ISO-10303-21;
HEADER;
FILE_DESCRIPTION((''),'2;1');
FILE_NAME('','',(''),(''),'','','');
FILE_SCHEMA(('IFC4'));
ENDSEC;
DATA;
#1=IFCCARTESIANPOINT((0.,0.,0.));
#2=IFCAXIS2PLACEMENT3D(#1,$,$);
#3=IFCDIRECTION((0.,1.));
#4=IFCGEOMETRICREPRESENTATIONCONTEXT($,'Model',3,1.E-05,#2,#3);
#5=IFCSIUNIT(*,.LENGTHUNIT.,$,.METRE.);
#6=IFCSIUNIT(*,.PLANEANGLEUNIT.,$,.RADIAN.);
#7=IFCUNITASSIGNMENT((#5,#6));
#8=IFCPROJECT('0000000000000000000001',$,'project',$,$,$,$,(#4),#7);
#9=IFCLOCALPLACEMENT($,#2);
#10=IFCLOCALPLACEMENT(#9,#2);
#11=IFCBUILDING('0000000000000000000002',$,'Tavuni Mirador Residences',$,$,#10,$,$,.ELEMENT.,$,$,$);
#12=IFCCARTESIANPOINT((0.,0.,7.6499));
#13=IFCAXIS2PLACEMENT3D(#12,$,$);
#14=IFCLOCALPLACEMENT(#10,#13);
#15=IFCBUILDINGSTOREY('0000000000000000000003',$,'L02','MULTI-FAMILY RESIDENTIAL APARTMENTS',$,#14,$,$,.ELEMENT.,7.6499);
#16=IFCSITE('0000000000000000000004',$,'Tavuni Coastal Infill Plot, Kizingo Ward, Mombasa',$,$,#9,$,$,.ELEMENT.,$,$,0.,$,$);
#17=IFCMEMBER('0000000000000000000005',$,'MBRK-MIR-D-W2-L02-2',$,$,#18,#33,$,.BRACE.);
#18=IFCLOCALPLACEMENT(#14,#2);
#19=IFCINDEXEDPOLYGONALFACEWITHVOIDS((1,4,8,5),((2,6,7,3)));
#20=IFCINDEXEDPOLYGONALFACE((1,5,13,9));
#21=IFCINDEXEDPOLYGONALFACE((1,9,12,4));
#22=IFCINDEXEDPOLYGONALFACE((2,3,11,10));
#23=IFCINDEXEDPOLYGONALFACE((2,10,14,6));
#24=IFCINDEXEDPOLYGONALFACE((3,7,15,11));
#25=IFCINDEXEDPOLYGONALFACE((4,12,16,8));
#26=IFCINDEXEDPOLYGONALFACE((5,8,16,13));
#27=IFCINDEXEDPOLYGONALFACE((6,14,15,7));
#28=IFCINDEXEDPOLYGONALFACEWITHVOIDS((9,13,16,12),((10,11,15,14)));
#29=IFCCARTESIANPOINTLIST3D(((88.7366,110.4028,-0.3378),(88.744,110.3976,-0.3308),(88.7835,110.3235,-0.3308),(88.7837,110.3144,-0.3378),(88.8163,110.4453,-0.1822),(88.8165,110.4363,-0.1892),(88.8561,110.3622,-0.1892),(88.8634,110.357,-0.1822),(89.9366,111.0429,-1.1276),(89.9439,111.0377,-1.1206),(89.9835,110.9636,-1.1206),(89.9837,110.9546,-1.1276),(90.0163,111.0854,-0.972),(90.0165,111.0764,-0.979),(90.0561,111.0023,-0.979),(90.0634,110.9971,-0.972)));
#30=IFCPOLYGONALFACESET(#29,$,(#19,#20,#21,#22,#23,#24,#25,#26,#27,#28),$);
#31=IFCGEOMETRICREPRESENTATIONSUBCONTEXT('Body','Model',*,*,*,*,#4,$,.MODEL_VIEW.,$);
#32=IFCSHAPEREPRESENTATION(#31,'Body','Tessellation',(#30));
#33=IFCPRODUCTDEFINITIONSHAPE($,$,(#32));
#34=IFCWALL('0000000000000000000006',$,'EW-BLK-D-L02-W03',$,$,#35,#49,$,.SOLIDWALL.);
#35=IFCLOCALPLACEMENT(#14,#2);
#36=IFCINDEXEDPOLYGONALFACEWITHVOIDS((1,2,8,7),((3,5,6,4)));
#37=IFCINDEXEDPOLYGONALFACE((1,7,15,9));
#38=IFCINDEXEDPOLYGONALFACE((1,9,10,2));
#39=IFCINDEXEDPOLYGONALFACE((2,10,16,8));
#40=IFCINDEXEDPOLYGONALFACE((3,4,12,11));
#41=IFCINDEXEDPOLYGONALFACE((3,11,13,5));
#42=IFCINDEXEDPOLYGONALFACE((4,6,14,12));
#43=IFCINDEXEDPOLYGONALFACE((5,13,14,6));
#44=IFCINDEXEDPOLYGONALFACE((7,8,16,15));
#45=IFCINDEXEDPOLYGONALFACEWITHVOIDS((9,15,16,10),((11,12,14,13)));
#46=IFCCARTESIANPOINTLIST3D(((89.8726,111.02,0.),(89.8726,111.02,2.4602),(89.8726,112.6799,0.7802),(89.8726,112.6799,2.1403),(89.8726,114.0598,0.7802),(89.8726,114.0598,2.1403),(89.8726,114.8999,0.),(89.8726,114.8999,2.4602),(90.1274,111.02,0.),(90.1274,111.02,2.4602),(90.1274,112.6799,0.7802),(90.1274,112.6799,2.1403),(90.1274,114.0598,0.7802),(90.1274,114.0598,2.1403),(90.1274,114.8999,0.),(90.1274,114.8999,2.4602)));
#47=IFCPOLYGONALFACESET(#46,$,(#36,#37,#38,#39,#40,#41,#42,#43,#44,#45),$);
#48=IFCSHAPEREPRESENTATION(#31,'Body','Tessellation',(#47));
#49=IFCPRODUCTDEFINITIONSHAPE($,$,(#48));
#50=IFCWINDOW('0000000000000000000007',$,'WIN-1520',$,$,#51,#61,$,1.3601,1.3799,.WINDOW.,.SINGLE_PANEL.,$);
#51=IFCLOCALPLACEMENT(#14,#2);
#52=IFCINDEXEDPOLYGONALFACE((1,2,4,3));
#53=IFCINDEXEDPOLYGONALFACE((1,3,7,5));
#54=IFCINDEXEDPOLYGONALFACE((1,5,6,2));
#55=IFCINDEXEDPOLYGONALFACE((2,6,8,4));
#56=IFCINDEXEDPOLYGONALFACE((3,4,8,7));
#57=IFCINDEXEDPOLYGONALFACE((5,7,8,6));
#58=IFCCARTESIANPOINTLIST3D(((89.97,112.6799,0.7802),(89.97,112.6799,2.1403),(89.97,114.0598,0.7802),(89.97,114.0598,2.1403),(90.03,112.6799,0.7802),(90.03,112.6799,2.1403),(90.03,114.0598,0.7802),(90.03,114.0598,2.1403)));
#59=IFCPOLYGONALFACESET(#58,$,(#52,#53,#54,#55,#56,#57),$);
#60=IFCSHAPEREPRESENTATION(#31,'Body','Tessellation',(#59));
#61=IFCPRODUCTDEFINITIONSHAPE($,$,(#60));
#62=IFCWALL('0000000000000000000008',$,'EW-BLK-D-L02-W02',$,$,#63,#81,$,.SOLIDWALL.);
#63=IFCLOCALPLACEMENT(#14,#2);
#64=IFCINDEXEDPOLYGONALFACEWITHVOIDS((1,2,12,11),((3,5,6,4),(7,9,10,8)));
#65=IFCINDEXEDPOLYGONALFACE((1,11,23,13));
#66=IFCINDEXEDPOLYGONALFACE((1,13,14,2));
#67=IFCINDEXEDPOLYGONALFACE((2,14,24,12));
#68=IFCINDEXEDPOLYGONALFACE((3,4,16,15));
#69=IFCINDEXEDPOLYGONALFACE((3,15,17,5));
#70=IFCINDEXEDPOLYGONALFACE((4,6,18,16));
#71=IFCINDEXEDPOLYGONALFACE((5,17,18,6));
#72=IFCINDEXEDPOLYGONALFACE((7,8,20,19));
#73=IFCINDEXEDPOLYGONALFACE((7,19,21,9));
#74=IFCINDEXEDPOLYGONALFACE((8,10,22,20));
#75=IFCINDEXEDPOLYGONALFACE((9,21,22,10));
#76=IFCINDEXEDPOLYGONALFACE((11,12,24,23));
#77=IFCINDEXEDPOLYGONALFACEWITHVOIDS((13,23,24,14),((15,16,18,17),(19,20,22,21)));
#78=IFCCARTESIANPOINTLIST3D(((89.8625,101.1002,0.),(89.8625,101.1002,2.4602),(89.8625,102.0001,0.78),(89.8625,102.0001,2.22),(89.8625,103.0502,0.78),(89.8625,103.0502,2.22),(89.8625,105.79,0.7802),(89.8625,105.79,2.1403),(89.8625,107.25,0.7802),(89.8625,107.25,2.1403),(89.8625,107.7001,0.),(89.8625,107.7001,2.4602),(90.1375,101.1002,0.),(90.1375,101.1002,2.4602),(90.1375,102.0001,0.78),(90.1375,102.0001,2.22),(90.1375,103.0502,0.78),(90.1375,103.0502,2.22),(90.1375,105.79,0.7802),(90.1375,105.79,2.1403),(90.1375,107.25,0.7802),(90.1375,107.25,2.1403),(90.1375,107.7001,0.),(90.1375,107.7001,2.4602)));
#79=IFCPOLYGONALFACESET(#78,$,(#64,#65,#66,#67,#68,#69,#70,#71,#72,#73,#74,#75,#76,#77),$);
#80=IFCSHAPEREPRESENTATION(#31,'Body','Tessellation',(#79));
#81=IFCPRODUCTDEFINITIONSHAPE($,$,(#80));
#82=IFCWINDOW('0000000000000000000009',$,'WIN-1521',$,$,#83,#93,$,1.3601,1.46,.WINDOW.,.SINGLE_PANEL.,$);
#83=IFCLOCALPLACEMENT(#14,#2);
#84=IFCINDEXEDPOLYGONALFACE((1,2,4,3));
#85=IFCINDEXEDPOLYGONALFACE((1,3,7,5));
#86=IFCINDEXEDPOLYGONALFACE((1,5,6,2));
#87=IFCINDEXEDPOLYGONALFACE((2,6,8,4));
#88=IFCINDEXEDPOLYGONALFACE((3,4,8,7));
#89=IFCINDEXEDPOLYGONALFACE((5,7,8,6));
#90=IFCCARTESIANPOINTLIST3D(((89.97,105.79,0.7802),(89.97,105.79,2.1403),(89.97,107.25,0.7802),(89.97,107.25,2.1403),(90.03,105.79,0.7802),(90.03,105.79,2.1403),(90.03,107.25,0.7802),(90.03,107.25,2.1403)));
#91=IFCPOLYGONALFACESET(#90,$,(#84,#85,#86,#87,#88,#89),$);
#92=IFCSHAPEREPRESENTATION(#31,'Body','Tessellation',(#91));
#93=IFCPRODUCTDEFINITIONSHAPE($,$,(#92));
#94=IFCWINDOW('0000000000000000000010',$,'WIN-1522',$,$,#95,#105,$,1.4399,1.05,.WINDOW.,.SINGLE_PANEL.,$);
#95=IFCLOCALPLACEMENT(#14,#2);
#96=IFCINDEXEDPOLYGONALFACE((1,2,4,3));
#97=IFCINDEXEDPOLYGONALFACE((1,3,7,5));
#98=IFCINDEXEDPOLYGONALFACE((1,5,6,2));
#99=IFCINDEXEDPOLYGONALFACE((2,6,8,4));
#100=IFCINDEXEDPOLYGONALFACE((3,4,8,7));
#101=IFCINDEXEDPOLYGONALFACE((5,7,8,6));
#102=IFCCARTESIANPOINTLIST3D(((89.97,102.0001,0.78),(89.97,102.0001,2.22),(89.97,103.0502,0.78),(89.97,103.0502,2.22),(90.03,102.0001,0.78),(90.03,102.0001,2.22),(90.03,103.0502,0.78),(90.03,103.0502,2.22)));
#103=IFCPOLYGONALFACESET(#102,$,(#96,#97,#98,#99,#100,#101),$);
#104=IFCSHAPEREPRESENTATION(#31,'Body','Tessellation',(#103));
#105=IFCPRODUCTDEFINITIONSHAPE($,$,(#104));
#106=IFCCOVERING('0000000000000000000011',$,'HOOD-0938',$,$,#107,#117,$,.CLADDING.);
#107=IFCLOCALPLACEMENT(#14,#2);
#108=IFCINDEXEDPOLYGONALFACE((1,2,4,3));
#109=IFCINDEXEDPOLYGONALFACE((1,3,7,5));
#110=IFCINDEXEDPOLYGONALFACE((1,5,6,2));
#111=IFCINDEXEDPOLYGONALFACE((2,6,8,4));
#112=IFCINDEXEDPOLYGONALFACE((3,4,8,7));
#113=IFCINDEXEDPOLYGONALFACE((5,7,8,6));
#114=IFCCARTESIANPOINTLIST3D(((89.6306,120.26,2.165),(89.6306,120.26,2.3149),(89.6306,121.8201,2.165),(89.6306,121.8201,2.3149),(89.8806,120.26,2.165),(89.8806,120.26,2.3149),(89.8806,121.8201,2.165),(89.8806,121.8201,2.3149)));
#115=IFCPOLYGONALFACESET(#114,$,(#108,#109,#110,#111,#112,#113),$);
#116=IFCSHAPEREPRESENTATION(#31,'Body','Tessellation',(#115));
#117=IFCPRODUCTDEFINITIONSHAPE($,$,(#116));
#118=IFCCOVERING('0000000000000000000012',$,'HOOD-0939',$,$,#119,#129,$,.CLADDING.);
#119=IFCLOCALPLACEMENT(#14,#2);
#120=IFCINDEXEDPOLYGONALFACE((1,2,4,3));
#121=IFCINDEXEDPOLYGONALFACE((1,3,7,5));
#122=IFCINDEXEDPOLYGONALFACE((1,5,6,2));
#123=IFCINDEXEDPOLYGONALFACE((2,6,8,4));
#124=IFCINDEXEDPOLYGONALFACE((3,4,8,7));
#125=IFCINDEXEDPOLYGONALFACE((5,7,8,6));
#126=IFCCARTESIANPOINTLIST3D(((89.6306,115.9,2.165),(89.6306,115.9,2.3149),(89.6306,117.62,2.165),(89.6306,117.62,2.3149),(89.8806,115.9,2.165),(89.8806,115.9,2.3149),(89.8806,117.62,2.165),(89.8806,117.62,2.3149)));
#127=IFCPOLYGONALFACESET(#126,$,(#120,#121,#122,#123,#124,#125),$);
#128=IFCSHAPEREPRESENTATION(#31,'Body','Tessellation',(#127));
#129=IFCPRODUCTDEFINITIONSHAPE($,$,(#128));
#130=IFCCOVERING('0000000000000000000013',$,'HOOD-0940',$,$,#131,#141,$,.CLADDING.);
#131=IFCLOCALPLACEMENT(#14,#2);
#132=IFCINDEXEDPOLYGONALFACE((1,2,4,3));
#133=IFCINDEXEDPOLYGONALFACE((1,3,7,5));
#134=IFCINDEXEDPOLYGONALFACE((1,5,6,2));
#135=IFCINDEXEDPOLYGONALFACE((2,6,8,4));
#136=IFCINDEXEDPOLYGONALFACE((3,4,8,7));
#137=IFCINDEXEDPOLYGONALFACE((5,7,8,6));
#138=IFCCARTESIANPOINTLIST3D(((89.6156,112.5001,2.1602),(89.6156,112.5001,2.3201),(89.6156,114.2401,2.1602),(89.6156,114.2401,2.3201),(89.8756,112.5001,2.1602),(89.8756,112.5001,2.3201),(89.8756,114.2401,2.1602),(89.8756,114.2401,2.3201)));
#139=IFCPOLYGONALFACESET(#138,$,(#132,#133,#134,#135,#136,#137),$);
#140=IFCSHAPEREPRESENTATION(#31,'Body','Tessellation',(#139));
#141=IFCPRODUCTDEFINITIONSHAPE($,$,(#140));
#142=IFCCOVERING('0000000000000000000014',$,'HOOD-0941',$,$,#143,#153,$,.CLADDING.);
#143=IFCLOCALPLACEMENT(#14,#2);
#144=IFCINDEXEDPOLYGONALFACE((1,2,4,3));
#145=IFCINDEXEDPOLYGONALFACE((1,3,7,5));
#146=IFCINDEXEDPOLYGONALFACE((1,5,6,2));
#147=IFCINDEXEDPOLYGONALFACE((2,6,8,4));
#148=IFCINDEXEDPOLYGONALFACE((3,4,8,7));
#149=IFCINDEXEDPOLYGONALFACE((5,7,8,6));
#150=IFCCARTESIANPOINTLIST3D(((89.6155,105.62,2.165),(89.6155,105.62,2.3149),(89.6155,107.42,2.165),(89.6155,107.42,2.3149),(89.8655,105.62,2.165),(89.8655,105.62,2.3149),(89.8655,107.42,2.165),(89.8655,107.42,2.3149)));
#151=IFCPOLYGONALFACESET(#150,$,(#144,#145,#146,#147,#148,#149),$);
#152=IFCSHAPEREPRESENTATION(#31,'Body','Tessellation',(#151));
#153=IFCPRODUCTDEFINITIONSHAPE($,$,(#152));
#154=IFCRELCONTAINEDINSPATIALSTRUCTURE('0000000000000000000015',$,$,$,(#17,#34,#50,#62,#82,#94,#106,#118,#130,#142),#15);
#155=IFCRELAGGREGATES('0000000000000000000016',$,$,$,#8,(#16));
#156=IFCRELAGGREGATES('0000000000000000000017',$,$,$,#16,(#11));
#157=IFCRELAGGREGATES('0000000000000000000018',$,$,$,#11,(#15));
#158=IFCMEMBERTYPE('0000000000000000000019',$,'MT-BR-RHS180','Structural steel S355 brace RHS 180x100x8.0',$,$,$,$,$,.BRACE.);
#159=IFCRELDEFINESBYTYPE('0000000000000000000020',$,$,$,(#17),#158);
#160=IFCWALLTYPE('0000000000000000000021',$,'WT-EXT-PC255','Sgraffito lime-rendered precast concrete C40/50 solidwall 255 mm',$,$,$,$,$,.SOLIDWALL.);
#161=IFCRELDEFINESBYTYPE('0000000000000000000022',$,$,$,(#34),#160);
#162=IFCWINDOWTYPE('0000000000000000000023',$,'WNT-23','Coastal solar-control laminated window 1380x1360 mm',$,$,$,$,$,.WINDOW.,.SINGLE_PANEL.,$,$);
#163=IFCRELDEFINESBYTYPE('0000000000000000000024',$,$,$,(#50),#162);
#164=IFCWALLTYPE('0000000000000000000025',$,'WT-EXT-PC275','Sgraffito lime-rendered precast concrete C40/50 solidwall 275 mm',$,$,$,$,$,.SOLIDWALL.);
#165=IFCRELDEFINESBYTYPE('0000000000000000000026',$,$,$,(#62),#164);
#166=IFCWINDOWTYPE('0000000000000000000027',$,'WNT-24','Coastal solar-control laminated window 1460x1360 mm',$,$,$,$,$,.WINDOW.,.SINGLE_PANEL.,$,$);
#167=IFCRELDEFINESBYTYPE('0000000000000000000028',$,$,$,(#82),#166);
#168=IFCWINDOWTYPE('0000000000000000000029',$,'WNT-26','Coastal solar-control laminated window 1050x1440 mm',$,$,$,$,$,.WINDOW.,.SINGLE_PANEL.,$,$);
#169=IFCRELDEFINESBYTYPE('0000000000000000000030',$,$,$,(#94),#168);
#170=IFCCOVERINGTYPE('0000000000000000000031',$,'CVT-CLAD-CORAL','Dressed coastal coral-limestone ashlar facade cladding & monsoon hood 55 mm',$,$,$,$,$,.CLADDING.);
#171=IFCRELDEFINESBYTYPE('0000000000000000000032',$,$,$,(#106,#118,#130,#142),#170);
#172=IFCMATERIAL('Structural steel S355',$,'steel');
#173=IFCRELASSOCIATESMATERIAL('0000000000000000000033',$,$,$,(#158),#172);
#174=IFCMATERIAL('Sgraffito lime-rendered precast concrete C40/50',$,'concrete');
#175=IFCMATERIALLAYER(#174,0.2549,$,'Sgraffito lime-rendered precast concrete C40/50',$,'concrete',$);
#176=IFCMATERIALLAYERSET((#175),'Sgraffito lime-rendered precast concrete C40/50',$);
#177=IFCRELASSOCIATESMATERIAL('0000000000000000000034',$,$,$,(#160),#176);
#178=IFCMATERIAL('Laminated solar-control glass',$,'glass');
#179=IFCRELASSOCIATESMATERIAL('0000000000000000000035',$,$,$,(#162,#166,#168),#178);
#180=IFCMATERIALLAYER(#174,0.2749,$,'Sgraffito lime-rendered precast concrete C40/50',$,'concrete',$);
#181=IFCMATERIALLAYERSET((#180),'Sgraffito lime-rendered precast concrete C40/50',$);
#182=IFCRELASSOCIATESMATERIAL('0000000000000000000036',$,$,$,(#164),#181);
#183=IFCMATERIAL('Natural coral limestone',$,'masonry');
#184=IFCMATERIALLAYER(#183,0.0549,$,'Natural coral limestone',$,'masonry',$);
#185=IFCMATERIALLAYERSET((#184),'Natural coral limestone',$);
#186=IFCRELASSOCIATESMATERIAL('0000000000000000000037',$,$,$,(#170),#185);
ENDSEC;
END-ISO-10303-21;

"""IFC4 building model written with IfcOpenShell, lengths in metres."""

from ifc_helpers import new_model, si_unit, direction, frame, frame_2d, origin, origin_2d, place, context, subcontext, project, spatial, rectangle, hollow_rectangle, extrude, material, layer, layer_set, material_profile, profile_set, type_object, element, fill, save


model = new_model("IFC4")

# Units and contexts
model_context = context("Model", 3, precision=1e-05, world=origin(), true_north=direction((0.0, 1.0)))
body_context = subcontext(model_context, "Body", "Model", "MODEL_VIEW")
ifc_project = project(units=[si_unit("LENGTHUNIT", "METRE"), si_unit("PLANEANGLEUNIT", "RADIAN")], contexts=[model_context])

# Site, building, storey
site_placement = place(None, origin())
site = spatial("IfcSite", under=ifc_project, at=site_placement, Name="Tavuni Coastal Infill Plot, Kizingo Ward, Mombasa", CompositionType="ELEMENT", RefElevation=0.0)
building_placement = place(site_placement, origin())
building = spatial("IfcBuilding", under=site, at=building_placement, Name="Tavuni Mirador Residences", CompositionType="ELEMENT")
storey_placement = place(building_placement, frame((0.0, 0.0, 7.6499)))
storey = spatial("IfcBuildingStorey", under=building, at=storey_placement, Name="L02", Description="MULTI-FAMILY RESIDENTIAL APARTMENTS", CompositionType="ELEMENT", Elevation=7.6499)

# Member
ifc_material_1 = material(Name="Structural steel S355", Category="steel")
ifc_material_profile_1 = material_profile(ifc_material_1, hollow_rectangle(XDim=0.1001, YDim=0.1799, WallThickness=0.0081, at=origin_2d()), Name="RHS 180x100x8.0", Category="steel")
ifc_profile_set_1 = profile_set([ifc_material_profile_1], Name="Structural steel S355")
member_type_1 = type_object("IfcMemberType", Name="MT-BR-RHS180", Description="Structural steel S355 brace RHS 180x100x8.0", PredefinedType="BRACE", material=ifc_profile_set_1)
member_1_placement = place(storey_placement, frame((90.0, 111.02, -1.0498), z_axis=(-0.76298, -0.407026, 0.502186), x_axis=(0.470681, -0.882303, 0.0)))
element("IfcMember", 1, at=member_1_placement, inside=storey, type_object=member_type_1, Name="MBRK-MIR-D-W2-L02-2", PredefinedType="BRACE", context=body_context, shape_type="SweptSolid", body=[
    extrude(hollow_rectangle(XDim=0.1001, YDim=0.1799, WallThickness=0.0081, at=origin_2d()), origin(), (0.0, 0.0, 1.0), 1.5728),
])

# Wall, opening, window
ifc_material_2 = material(Name="Sgraffito lime-rendered precast concrete C40/50", Category="concrete")
ifc_layer_1 = layer(ifc_material_2, 0.2549, Name="Sgraffito lime-rendered precast concrete C40/50", Category="concrete")
ifc_layer_set_1 = layer_set([ifc_layer_1], Name="Sgraffito lime-rendered precast concrete C40/50")
wall_type_1 = type_object("IfcWallType", Name="WT-EXT-PC255", Description="Sgraffito lime-rendered precast concrete C40/50 solidwall 255 mm", PredefinedType="SOLIDWALL", material=ifc_layer_set_1)
wall_1_placement = place(storey_placement, frame((90.0, 114.8999, 0.0), z_axis=(0.0, 0.0, 1.0), x_axis=(0.0, -1.0, 0.0)))
wall_1 = element("IfcWall", 2, at=wall_1_placement, inside=storey, type_object=wall_type_1, Name="EW-BLK-D-L02-W03", PredefinedType="SOLIDWALL", context=body_context, shape_type="SweptSolid", body=[
    extrude(rectangle(XDim=3.8799, YDim=0.2549, at=frame_2d((1.9399, 0.0))), origin(), (0.0, 0.0, 1.0), 2.4602),
])
opening_1_placement = place(wall_1_placement, frame((0.8401, 0.0, 0.78)))
opening_1 = element("IfcOpeningElement", 3, at=opening_1_placement, cuts=wall_1, PredefinedType="OPENING", context=body_context, shape_type="SweptSolid", body=[
    extrude(rectangle(XDim=1.3799, YDim=1.3601, at=frame_2d((0.6899, 0.6802))), frame((0.0, 0.1375, 0.0), z_axis=(0.0, -1.0, 0.0), x_axis=(1.0, 0.0, 0.0)), (0.0, 0.0, 1.0), 0.2749),
])
ifc_material_3 = material(Name="Laminated solar-control glass", Category="glass")
window_type_1 = type_object("IfcWindowType", Name="WNT-23", Description="Coastal solar-control laminated window 1380x1360 mm", PartitioningType="SINGLE_PANEL", PredefinedType="WINDOW", material=ifc_material_3)
window_1_placement = place(opening_1_placement, origin())
window_1 = element("IfcWindow", 4, at=window_1_placement, inside=storey, type_object=window_type_1, Name="WIN-1520", OverallHeight=1.3601, OverallWidth=1.3799, PartitioningType="SINGLE_PANEL", PredefinedType="WINDOW", context=body_context, shape_type="SweptSolid", body=[
    extrude(rectangle(XDim=1.3799, YDim=1.3601, at=frame_2d((0.6899, 0.6802))), frame((0.0, 0.03, 0.0), z_axis=(0.0, -1.0, 0.0), x_axis=(1.0, 0.0, 0.0)), (0.0, 0.0, 1.0), 0.0601),
])
fill(opening_1, window_1)

# Wall, openings, windows
ifc_layer_2 = layer(ifc_material_2, 0.2749, Name="Sgraffito lime-rendered precast concrete C40/50", Category="concrete")
ifc_layer_set_2 = layer_set([ifc_layer_2], Name="Sgraffito lime-rendered precast concrete C40/50")
wall_type_2 = type_object("IfcWallType", Name="WT-EXT-PC275", Description="Sgraffito lime-rendered precast concrete C40/50 solidwall 275 mm", PredefinedType="SOLIDWALL", material=ifc_layer_set_2)
wall_2_placement = place(storey_placement, frame((90.0, 107.7, 0.0), z_axis=(0.0, 0.0, 1.0), x_axis=(0.0, -1.0, 0.0)))
wall_2 = element("IfcWall", 5, at=wall_2_placement, inside=storey, type_object=wall_type_2, Name="EW-BLK-D-L02-W02", PredefinedType="SOLIDWALL", context=body_context, shape_type="SweptSolid", body=[
    extrude(rectangle(XDim=6.5999, YDim=0.2749, at=frame_2d((3.2998, 0.0))), origin(), (0.0, 0.0, 1.0), 2.4602),
])
opening_2_placement = place(wall_2_placement, frame((0.45, 0.0, 0.78)))
opening_2 = element("IfcOpeningElement", 6, at=opening_2_placement, cuts=wall_2, PredefinedType="OPENING", context=body_context, shape_type="SweptSolid", body=[
    extrude(rectangle(XDim=1.46, YDim=1.3601, at=frame_2d((0.73, 0.6802))), frame((0.0, 0.1475, 0.0), z_axis=(0.0, -1.0, 0.0), x_axis=(1.0, 0.0, 0.0)), (0.0, 0.0, 1.0), 0.2949),
])
opening_3_placement = place(wall_2_placement, frame((4.6499, 0.0, 0.78)))
opening_3 = element("IfcOpeningElement", 7, at=opening_3_placement, cuts=wall_2, PredefinedType="OPENING", context=body_context, shape_type="SweptSolid", body=[
    extrude(rectangle(XDim=1.05, YDim=1.4399, at=frame_2d((0.5249, 0.72))), frame((0.0, 0.1475, 0.0), z_axis=(0.0, -1.0, 0.0), x_axis=(1.0, 0.0, 0.0)), (0.0, 0.0, 1.0), 0.2949),
])
window_type_2 = type_object("IfcWindowType", Name="WNT-24", Description="Coastal solar-control laminated window 1460x1360 mm", PartitioningType="SINGLE_PANEL", PredefinedType="WINDOW", material=ifc_material_3)
window_2_placement = place(opening_2_placement, origin())
window_2 = element("IfcWindow", 8, at=window_2_placement, inside=storey, type_object=window_type_2, Name="WIN-1521", OverallHeight=1.3601, OverallWidth=1.46, PartitioningType="SINGLE_PANEL", PredefinedType="WINDOW", context=body_context, shape_type="SweptSolid", body=[
    extrude(rectangle(XDim=1.46, YDim=1.3601, at=frame_2d((0.73, 0.6802))), frame((0.0, 0.03, 0.0), z_axis=(0.0, -1.0, 0.0), x_axis=(1.0, 0.0, 0.0)), (0.0, 0.0, 1.0), 0.0601),
])
fill(opening_2, window_2)
window_type_3 = type_object("IfcWindowType", Name="WNT-26", Description="Coastal solar-control laminated window 1050x1440 mm", PartitioningType="SINGLE_PANEL", PredefinedType="WINDOW", material=ifc_material_3)
window_3_placement = place(opening_3_placement, origin())
window_3 = element("IfcWindow", 9, at=window_3_placement, inside=storey, type_object=window_type_3, Name="WIN-1522", OverallHeight=1.4399, OverallWidth=1.05, PartitioningType="SINGLE_PANEL", PredefinedType="WINDOW", context=body_context, shape_type="SweptSolid", body=[
    extrude(rectangle(XDim=1.05, YDim=1.4399, at=frame_2d((0.5249, 0.72))), frame((0.0, 0.03, 0.0), z_axis=(0.0, -1.0, 0.0), x_axis=(1.0, 0.0, 0.0)), (0.0, 0.0, 1.0), 0.0601),
])
fill(opening_3, window_3)

# Coverings
ifc_material_4 = material(Name="Natural coral limestone", Category="masonry")
ifc_layer_3 = layer(ifc_material_4, 0.0549, Name="Natural coral limestone", Category="masonry")
ifc_layer_set_3 = layer_set([ifc_layer_3], Name="Natural coral limestone")
covering_type = type_object("IfcCoveringType", Name="CVT-CLAD-CORAL", Description="Dressed coastal coral-limestone ashlar facade cladding & monsoon hood 55 mm", PredefinedType="CLADDING", material=ifc_layer_set_3)
covering_1_placement = place(storey_placement, frame((89.7556, 121.04, 2.165), z_axis=(0.0, 0.0, 1.0), x_axis=(0.0, -1.0, 0.0)))
element("IfcCovering", 10, at=covering_1_placement, inside=storey, type_object=covering_type, Name="HOOD-0938", PredefinedType="CLADDING", context=body_context, shape_type="SweptSolid", body=[
    extrude(rectangle(XDim=1.5601, YDim=0.25, at=origin_2d()), origin(), (0.0, 0.0, 1.0), 0.1499),
])
covering_2_placement = place(storey_placement, frame((89.7556, 116.76, 2.165), z_axis=(0.0, 0.0, 1.0), x_axis=(0.0, -1.0, 0.0)))
element("IfcCovering", 11, at=covering_2_placement, inside=storey, type_object=covering_type, Name="HOOD-0939", PredefinedType="CLADDING", context=body_context, shape_type="SweptSolid", body=[
    extrude(rectangle(XDim=1.72, YDim=0.25, at=origin_2d()), origin(), (0.0, 0.0, 1.0), 0.1499),
])
covering_3_placement = place(storey_placement, frame((89.7456, 113.3701, 2.1602), z_axis=(0.0, 0.0, 1.0), x_axis=(0.0, -1.0, 0.0)))
element("IfcCovering", 12, at=covering_3_placement, inside=storey, type_object=covering_type, Name="HOOD-0940", PredefinedType="CLADDING", context=body_context, shape_type="SweptSolid", body=[
    extrude(rectangle(XDim=1.74, YDim=0.26, at=origin_2d()), origin(), (0.0, 0.0, 1.0), 0.1599),
])
covering_4_placement = place(storey_placement, frame((89.7405, 106.52, 2.165), z_axis=(0.0, 0.0, 1.0), x_axis=(0.0, -1.0, 0.0)))
element("IfcCovering", 13, at=covering_4_placement, inside=storey, type_object=covering_type, Name="HOOD-0941", PredefinedType="CLADDING", context=body_context, shape_type="SweptSolid", body=[
    extrude(rectangle(XDim=1.8, YDim=0.25, at=origin_2d()), origin(), (0.0, 0.0, 1.0), 0.1499),
])

save(model, "model.ifc")
